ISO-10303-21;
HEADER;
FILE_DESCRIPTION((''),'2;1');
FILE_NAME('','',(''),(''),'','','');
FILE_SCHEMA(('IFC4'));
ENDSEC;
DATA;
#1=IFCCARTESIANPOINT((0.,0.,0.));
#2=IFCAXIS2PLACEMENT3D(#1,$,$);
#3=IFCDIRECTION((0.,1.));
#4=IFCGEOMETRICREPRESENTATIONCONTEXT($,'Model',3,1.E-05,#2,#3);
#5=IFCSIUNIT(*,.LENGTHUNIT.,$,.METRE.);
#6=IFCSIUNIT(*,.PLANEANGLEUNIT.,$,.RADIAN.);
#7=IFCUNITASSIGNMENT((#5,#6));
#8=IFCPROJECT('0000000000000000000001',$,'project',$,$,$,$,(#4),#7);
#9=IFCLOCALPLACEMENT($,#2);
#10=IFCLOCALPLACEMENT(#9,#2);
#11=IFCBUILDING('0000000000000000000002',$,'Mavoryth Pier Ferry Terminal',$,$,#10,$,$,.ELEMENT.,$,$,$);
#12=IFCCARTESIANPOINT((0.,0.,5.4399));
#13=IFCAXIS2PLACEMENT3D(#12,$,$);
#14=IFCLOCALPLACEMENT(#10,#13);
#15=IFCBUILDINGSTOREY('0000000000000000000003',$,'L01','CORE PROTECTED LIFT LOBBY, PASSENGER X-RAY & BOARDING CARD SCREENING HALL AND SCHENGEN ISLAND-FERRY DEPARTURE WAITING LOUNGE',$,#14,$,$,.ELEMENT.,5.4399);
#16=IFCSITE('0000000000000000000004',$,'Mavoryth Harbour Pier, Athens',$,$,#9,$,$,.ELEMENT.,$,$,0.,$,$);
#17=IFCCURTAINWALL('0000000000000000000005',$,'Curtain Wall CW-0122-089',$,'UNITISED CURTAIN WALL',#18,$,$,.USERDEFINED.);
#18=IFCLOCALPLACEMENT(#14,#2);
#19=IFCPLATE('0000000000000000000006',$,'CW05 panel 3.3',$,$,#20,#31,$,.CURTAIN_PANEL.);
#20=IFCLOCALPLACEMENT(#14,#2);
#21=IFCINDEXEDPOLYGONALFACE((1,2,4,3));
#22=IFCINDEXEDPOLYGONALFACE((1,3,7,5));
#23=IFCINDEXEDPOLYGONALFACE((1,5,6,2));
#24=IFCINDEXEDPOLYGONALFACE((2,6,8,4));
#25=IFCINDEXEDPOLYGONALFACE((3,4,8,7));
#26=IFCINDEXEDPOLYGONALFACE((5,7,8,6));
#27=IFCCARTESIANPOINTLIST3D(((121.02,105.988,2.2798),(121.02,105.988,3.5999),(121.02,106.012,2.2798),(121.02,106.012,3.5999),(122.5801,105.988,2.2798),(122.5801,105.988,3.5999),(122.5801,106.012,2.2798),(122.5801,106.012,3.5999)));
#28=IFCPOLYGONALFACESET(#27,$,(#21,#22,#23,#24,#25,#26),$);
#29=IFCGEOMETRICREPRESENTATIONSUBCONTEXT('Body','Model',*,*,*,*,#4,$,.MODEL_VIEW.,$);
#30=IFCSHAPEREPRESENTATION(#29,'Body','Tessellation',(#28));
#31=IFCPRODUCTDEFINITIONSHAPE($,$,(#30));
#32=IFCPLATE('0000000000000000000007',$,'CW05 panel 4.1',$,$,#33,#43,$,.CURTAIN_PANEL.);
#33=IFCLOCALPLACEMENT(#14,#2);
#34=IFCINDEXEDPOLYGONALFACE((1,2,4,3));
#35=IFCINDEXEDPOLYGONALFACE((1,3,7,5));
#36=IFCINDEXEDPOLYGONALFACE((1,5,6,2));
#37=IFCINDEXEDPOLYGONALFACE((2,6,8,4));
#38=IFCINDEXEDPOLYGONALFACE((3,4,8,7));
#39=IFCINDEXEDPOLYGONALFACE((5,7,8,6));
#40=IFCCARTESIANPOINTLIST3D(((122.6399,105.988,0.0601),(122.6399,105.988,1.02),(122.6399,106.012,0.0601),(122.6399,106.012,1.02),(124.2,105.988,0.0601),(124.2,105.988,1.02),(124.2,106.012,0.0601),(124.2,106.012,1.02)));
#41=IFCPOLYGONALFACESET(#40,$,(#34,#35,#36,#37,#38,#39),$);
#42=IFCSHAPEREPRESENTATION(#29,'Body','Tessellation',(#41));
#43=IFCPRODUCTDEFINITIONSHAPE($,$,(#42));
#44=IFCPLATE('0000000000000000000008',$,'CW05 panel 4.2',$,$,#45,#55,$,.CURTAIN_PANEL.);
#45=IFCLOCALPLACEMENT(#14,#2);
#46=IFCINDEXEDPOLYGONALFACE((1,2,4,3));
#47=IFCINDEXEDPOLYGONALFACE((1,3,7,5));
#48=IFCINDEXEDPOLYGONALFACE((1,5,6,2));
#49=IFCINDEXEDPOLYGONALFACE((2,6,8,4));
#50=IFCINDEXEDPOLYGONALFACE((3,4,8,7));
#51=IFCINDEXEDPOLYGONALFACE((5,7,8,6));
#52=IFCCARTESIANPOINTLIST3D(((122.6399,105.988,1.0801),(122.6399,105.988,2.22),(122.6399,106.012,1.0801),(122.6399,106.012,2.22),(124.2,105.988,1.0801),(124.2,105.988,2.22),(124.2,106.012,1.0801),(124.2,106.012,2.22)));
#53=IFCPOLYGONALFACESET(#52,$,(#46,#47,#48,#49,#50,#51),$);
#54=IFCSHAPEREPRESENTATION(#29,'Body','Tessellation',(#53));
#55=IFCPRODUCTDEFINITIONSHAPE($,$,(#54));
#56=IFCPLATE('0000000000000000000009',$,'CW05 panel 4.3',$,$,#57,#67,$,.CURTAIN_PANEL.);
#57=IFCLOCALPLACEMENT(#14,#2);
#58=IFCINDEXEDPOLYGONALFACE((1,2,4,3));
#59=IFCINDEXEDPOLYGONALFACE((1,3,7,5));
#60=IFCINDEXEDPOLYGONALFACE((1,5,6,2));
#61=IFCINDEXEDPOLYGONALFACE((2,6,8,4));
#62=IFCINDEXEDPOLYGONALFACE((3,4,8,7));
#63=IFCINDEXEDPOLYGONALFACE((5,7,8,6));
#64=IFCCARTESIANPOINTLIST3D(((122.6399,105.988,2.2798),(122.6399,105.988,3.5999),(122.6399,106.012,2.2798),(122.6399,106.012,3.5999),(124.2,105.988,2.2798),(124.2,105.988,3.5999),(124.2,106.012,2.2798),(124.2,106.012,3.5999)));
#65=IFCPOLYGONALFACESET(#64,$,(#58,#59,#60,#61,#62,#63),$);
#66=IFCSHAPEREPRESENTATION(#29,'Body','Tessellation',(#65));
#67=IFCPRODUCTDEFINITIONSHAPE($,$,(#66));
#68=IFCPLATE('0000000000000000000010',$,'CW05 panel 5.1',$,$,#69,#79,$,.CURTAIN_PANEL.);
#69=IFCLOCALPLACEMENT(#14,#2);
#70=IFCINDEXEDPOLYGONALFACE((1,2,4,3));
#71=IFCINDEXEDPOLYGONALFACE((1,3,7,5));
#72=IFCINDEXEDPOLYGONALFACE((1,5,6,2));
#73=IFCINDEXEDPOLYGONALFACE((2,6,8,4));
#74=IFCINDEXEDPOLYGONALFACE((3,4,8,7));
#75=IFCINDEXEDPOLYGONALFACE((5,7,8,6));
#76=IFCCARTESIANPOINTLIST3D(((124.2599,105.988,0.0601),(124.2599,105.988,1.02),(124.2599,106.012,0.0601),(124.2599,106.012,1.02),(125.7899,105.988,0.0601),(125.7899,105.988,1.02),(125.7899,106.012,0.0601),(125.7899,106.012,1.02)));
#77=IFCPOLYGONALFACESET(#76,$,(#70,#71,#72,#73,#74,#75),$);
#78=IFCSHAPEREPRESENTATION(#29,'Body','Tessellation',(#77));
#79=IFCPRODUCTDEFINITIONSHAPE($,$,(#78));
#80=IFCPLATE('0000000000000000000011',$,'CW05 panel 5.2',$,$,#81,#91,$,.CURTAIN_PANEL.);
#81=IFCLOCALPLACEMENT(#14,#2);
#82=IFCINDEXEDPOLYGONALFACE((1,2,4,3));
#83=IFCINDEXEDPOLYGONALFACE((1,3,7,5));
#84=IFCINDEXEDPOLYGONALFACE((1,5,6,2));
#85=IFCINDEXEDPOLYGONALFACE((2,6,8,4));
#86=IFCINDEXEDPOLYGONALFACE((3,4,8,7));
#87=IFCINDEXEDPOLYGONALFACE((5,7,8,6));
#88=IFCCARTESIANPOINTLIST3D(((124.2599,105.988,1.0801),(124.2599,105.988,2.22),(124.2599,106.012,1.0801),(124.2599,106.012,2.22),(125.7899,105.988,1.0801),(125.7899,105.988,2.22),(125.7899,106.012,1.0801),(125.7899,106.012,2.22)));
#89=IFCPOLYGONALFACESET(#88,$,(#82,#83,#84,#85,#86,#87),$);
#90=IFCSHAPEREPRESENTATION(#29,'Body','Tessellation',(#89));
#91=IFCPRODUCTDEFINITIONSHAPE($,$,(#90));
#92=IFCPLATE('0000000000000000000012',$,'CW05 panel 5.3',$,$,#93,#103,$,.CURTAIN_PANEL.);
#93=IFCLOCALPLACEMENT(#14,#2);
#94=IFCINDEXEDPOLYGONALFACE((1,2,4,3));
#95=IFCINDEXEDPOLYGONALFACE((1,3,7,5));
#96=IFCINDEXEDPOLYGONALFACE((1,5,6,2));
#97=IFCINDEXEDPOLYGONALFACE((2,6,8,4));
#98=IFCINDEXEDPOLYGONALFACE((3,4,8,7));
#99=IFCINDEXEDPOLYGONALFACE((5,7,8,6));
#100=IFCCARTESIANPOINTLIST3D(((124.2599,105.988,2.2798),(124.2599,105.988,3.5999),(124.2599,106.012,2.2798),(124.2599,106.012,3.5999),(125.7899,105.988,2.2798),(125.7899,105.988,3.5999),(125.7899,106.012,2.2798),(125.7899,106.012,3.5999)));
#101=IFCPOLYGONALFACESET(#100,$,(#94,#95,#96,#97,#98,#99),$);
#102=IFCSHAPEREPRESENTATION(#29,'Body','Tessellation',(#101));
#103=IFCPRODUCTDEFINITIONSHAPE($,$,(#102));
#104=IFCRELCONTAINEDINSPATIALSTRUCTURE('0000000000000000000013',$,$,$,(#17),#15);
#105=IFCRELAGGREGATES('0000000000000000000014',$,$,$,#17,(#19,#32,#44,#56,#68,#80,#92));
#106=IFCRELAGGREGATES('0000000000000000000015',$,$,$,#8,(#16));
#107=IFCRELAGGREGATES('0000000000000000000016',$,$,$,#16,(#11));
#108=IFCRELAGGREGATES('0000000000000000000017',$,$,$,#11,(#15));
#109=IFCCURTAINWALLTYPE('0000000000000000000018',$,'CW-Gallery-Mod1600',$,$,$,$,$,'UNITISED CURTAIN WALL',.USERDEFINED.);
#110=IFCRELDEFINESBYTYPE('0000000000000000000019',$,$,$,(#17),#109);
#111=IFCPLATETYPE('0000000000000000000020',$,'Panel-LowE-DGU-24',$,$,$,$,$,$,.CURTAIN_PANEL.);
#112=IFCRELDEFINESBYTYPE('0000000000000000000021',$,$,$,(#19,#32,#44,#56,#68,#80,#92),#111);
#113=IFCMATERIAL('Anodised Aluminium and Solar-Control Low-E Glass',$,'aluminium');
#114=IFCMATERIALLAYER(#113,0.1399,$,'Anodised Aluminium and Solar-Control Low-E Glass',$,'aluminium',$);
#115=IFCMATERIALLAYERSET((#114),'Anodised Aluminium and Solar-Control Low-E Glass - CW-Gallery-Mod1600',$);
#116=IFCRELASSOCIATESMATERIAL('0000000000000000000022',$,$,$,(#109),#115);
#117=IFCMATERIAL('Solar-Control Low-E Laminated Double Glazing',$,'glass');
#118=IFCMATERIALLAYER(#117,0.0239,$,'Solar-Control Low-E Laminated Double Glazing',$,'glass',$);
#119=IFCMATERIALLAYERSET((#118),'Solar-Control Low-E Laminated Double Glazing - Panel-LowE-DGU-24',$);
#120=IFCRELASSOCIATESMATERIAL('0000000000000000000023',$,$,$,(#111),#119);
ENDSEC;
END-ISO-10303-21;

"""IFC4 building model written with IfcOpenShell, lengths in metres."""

from ifc_helpers import new_model, si_unit, direction, frame, origin, origin_2d, place, context, subcontext, project, spatial, rectangle, extrude, material, layer, layer_set, type_object, element, aggregate, save


model = new_model("IFC4")

# Units and contexts
model_context = context("Model", 3, precision=1e-05, world=origin(), true_north=direction((0.0, 1.0)))
body_context = subcontext(model_context, "Body", "Model", "MODEL_VIEW")
ifc_project = project(units=[si_unit("LENGTHUNIT", "METRE"), si_unit("PLANEANGLEUNIT", "RADIAN")], contexts=[model_context])

# Site, building, storey
site_placement = place(None, origin())
site = spatial("IfcSite", under=ifc_project, at=site_placement, Name="Mavoryth Harbour Pier, Athens", CompositionType="ELEMENT", RefElevation=0.0)
building_placement = place(site_placement, origin())
building = spatial("IfcBuilding", under=site, at=building_placement, Name="Mavoryth Pier Ferry Terminal", CompositionType="ELEMENT")
storey_placement = place(building_placement, frame((0.0, 0.0, 5.4399)))
storey = spatial("IfcBuildingStorey", under=building, at=storey_placement, Name="L01", Description="CORE PROTECTED LIFT LOBBY, PASSENGER X-RAY & BOARDING CARD SCREENING HALL AND SCHENGEN ISLAND-FERRY DEPARTURE WAITING LOUNGE", CompositionType="ELEMENT", Elevation=5.4399)

# Curtain wall
ifc_material_1 = material(Name="Anodised Aluminium and Solar-Control Low-E Glass", Category="aluminium")
ifc_layer_1 = layer(ifc_material_1, 0.1399, Name="Anodised Aluminium and Solar-Control Low-E Glass", Category="aluminium")
ifc_layer_set_1 = layer_set([ifc_layer_1], Name="Anodised Aluminium and Solar-Control Low-E Glass - CW-Gallery-Mod1600")
curtain_wall_type = type_object("IfcCurtainWallType", Name="CW-Gallery-Mod1600", ElementType="UNITISED CURTAIN WALL", PredefinedType="USERDEFINED", material=ifc_layer_set_1)
curtain_wall_1_placement = place(storey_placement, origin())
curtain_wall_1 = element("IfcCurtainWall", 1, at=curtain_wall_1_placement, inside=storey, type_object=curtain_wall_type, Name="Curtain Wall CW-0122-089", ObjectType="UNITISED CURTAIN WALL", PredefinedType="USERDEFINED")

# Shared definitions
ifc_material_2 = material(Name="Solar-Control Low-E Laminated Double Glazing", Category="glass")
ifc_layer_2 = layer(ifc_material_2, 0.0239, Name="Solar-Control Low-E Laminated Double Glazing", Category="glass")
ifc_layer_set_2 = layer_set([ifc_layer_2], Name="Solar-Control Low-E Laminated Double Glazing - Panel-LowE-DGU-24")
plate_type = type_object("IfcPlateType", Name="Panel-LowE-DGU-24", PredefinedType="CURTAIN_PANEL", material=ifc_layer_set_2)

# Plates
plate_1_placement = place(storey_placement, frame((121.8, 106.0, 2.2798), z_axis=(0.0, 0.0, 1.0), x_axis=(1.0, 0.0, 0.0)))
plate_1 = element("IfcPlate", 2, at=plate_1_placement, type_object=plate_type, Name="CW05 panel 3.3", PredefinedType="CURTAIN_PANEL", context=body_context, shape_type="SweptSolid", body=[
    extrude(rectangle(XDim=1.5601, YDim=0.0239, at=origin_2d()), origin(), (0.0, 0.0, 1.0), 1.3201),
])
plate_2_placement = place(storey_placement, frame((123.4199, 106.0, 0.0601), z_axis=(0.0, 0.0, 1.0), x_axis=(1.0, 0.0, 0.0)))
plate_2 = element("IfcPlate", 3, at=plate_2_placement, type_object=plate_type, Name="CW05 panel 4.1", PredefinedType="CURTAIN_PANEL", context=body_context, shape_type="SweptSolid", body=[
    extrude(rectangle(XDim=1.5601, YDim=0.0239, at=origin_2d()), origin(), (0.0, 0.0, 1.0), 0.96),
])
plate_3_placement = place(storey_placement, frame((123.4199, 106.0, 1.0801), z_axis=(0.0, 0.0, 1.0), x_axis=(1.0, 0.0, 0.0)))
plate_3 = element("IfcPlate", 4, at=plate_3_placement, type_object=plate_type, Name="CW05 panel 4.2", PredefinedType="CURTAIN_PANEL", context=body_context, shape_type="SweptSolid", body=[
    extrude(rectangle(XDim=1.5601, YDim=0.0239, at=origin_2d()), origin(), (0.0, 0.0, 1.0), 1.1399),
])
plate_4_placement = place(storey_placement, frame((123.4199, 106.0, 2.2798), z_axis=(0.0, 0.0, 1.0), x_axis=(1.0, 0.0, 0.0)))
plate_4 = element("IfcPlate", 5, at=plate_4_placement, type_object=plate_type, Name="CW05 panel 4.3", PredefinedType="CURTAIN_PANEL", context=body_context, shape_type="SweptSolid", body=[
    extrude(rectangle(XDim=1.5601, YDim=0.0239, at=origin_2d()), origin(), (0.0, 0.0, 1.0), 1.3201),
])
plate_5_placement = place(storey_placement, frame((125.0249, 106.0, 0.0601), z_axis=(0.0, 0.0, 1.0), x_axis=(1.0, 0.0, 0.0)))
plate_5 = element("IfcPlate", 6, at=plate_5_placement, type_object=plate_type, Name="CW05 panel 5.1", PredefinedType="CURTAIN_PANEL", context=body_context, shape_type="SweptSolid", body=[
    extrude(rectangle(XDim=1.53, YDim=0.0239, at=origin_2d()), origin(), (0.0, 0.0, 1.0), 0.96),
])
plate_6_placement = place(storey_placement, frame((125.0249, 106.0, 1.0801), z_axis=(0.0, 0.0, 1.0), x_axis=(1.0, 0.0, 0.0)))
plate_6 = element("IfcPlate", 7, at=plate_6_placement, type_object=plate_type, Name="CW05 panel 5.2", PredefinedType="CURTAIN_PANEL", context=body_context, shape_type="SweptSolid", body=[
    extrude(rectangle(XDim=1.53, YDim=0.0239, at=origin_2d()), origin(), (0.0, 0.0, 1.0), 1.1399),
])
plate_7_placement = place(storey_placement, frame((125.0249, 106.0, 2.2798), z_axis=(0.0, 0.0, 1.0), x_axis=(1.0, 0.0, 0.0)))
plate_7 = element("IfcPlate", 8, at=plate_7_placement, type_object=plate_type, Name="CW05 panel 5.3", PredefinedType="CURTAIN_PANEL", context=body_context, shape_type="SweptSolid", body=[
    extrude(rectangle(XDim=1.53, YDim=0.0239, at=origin_2d()), origin(), (0.0, 0.0, 1.0), 1.3201),
])
aggregate(curtain_wall_1, [plate_1, plate_2, plate_3, plate_4, plate_5, plate_6, plate_7])

save(model, "model.ifc")
